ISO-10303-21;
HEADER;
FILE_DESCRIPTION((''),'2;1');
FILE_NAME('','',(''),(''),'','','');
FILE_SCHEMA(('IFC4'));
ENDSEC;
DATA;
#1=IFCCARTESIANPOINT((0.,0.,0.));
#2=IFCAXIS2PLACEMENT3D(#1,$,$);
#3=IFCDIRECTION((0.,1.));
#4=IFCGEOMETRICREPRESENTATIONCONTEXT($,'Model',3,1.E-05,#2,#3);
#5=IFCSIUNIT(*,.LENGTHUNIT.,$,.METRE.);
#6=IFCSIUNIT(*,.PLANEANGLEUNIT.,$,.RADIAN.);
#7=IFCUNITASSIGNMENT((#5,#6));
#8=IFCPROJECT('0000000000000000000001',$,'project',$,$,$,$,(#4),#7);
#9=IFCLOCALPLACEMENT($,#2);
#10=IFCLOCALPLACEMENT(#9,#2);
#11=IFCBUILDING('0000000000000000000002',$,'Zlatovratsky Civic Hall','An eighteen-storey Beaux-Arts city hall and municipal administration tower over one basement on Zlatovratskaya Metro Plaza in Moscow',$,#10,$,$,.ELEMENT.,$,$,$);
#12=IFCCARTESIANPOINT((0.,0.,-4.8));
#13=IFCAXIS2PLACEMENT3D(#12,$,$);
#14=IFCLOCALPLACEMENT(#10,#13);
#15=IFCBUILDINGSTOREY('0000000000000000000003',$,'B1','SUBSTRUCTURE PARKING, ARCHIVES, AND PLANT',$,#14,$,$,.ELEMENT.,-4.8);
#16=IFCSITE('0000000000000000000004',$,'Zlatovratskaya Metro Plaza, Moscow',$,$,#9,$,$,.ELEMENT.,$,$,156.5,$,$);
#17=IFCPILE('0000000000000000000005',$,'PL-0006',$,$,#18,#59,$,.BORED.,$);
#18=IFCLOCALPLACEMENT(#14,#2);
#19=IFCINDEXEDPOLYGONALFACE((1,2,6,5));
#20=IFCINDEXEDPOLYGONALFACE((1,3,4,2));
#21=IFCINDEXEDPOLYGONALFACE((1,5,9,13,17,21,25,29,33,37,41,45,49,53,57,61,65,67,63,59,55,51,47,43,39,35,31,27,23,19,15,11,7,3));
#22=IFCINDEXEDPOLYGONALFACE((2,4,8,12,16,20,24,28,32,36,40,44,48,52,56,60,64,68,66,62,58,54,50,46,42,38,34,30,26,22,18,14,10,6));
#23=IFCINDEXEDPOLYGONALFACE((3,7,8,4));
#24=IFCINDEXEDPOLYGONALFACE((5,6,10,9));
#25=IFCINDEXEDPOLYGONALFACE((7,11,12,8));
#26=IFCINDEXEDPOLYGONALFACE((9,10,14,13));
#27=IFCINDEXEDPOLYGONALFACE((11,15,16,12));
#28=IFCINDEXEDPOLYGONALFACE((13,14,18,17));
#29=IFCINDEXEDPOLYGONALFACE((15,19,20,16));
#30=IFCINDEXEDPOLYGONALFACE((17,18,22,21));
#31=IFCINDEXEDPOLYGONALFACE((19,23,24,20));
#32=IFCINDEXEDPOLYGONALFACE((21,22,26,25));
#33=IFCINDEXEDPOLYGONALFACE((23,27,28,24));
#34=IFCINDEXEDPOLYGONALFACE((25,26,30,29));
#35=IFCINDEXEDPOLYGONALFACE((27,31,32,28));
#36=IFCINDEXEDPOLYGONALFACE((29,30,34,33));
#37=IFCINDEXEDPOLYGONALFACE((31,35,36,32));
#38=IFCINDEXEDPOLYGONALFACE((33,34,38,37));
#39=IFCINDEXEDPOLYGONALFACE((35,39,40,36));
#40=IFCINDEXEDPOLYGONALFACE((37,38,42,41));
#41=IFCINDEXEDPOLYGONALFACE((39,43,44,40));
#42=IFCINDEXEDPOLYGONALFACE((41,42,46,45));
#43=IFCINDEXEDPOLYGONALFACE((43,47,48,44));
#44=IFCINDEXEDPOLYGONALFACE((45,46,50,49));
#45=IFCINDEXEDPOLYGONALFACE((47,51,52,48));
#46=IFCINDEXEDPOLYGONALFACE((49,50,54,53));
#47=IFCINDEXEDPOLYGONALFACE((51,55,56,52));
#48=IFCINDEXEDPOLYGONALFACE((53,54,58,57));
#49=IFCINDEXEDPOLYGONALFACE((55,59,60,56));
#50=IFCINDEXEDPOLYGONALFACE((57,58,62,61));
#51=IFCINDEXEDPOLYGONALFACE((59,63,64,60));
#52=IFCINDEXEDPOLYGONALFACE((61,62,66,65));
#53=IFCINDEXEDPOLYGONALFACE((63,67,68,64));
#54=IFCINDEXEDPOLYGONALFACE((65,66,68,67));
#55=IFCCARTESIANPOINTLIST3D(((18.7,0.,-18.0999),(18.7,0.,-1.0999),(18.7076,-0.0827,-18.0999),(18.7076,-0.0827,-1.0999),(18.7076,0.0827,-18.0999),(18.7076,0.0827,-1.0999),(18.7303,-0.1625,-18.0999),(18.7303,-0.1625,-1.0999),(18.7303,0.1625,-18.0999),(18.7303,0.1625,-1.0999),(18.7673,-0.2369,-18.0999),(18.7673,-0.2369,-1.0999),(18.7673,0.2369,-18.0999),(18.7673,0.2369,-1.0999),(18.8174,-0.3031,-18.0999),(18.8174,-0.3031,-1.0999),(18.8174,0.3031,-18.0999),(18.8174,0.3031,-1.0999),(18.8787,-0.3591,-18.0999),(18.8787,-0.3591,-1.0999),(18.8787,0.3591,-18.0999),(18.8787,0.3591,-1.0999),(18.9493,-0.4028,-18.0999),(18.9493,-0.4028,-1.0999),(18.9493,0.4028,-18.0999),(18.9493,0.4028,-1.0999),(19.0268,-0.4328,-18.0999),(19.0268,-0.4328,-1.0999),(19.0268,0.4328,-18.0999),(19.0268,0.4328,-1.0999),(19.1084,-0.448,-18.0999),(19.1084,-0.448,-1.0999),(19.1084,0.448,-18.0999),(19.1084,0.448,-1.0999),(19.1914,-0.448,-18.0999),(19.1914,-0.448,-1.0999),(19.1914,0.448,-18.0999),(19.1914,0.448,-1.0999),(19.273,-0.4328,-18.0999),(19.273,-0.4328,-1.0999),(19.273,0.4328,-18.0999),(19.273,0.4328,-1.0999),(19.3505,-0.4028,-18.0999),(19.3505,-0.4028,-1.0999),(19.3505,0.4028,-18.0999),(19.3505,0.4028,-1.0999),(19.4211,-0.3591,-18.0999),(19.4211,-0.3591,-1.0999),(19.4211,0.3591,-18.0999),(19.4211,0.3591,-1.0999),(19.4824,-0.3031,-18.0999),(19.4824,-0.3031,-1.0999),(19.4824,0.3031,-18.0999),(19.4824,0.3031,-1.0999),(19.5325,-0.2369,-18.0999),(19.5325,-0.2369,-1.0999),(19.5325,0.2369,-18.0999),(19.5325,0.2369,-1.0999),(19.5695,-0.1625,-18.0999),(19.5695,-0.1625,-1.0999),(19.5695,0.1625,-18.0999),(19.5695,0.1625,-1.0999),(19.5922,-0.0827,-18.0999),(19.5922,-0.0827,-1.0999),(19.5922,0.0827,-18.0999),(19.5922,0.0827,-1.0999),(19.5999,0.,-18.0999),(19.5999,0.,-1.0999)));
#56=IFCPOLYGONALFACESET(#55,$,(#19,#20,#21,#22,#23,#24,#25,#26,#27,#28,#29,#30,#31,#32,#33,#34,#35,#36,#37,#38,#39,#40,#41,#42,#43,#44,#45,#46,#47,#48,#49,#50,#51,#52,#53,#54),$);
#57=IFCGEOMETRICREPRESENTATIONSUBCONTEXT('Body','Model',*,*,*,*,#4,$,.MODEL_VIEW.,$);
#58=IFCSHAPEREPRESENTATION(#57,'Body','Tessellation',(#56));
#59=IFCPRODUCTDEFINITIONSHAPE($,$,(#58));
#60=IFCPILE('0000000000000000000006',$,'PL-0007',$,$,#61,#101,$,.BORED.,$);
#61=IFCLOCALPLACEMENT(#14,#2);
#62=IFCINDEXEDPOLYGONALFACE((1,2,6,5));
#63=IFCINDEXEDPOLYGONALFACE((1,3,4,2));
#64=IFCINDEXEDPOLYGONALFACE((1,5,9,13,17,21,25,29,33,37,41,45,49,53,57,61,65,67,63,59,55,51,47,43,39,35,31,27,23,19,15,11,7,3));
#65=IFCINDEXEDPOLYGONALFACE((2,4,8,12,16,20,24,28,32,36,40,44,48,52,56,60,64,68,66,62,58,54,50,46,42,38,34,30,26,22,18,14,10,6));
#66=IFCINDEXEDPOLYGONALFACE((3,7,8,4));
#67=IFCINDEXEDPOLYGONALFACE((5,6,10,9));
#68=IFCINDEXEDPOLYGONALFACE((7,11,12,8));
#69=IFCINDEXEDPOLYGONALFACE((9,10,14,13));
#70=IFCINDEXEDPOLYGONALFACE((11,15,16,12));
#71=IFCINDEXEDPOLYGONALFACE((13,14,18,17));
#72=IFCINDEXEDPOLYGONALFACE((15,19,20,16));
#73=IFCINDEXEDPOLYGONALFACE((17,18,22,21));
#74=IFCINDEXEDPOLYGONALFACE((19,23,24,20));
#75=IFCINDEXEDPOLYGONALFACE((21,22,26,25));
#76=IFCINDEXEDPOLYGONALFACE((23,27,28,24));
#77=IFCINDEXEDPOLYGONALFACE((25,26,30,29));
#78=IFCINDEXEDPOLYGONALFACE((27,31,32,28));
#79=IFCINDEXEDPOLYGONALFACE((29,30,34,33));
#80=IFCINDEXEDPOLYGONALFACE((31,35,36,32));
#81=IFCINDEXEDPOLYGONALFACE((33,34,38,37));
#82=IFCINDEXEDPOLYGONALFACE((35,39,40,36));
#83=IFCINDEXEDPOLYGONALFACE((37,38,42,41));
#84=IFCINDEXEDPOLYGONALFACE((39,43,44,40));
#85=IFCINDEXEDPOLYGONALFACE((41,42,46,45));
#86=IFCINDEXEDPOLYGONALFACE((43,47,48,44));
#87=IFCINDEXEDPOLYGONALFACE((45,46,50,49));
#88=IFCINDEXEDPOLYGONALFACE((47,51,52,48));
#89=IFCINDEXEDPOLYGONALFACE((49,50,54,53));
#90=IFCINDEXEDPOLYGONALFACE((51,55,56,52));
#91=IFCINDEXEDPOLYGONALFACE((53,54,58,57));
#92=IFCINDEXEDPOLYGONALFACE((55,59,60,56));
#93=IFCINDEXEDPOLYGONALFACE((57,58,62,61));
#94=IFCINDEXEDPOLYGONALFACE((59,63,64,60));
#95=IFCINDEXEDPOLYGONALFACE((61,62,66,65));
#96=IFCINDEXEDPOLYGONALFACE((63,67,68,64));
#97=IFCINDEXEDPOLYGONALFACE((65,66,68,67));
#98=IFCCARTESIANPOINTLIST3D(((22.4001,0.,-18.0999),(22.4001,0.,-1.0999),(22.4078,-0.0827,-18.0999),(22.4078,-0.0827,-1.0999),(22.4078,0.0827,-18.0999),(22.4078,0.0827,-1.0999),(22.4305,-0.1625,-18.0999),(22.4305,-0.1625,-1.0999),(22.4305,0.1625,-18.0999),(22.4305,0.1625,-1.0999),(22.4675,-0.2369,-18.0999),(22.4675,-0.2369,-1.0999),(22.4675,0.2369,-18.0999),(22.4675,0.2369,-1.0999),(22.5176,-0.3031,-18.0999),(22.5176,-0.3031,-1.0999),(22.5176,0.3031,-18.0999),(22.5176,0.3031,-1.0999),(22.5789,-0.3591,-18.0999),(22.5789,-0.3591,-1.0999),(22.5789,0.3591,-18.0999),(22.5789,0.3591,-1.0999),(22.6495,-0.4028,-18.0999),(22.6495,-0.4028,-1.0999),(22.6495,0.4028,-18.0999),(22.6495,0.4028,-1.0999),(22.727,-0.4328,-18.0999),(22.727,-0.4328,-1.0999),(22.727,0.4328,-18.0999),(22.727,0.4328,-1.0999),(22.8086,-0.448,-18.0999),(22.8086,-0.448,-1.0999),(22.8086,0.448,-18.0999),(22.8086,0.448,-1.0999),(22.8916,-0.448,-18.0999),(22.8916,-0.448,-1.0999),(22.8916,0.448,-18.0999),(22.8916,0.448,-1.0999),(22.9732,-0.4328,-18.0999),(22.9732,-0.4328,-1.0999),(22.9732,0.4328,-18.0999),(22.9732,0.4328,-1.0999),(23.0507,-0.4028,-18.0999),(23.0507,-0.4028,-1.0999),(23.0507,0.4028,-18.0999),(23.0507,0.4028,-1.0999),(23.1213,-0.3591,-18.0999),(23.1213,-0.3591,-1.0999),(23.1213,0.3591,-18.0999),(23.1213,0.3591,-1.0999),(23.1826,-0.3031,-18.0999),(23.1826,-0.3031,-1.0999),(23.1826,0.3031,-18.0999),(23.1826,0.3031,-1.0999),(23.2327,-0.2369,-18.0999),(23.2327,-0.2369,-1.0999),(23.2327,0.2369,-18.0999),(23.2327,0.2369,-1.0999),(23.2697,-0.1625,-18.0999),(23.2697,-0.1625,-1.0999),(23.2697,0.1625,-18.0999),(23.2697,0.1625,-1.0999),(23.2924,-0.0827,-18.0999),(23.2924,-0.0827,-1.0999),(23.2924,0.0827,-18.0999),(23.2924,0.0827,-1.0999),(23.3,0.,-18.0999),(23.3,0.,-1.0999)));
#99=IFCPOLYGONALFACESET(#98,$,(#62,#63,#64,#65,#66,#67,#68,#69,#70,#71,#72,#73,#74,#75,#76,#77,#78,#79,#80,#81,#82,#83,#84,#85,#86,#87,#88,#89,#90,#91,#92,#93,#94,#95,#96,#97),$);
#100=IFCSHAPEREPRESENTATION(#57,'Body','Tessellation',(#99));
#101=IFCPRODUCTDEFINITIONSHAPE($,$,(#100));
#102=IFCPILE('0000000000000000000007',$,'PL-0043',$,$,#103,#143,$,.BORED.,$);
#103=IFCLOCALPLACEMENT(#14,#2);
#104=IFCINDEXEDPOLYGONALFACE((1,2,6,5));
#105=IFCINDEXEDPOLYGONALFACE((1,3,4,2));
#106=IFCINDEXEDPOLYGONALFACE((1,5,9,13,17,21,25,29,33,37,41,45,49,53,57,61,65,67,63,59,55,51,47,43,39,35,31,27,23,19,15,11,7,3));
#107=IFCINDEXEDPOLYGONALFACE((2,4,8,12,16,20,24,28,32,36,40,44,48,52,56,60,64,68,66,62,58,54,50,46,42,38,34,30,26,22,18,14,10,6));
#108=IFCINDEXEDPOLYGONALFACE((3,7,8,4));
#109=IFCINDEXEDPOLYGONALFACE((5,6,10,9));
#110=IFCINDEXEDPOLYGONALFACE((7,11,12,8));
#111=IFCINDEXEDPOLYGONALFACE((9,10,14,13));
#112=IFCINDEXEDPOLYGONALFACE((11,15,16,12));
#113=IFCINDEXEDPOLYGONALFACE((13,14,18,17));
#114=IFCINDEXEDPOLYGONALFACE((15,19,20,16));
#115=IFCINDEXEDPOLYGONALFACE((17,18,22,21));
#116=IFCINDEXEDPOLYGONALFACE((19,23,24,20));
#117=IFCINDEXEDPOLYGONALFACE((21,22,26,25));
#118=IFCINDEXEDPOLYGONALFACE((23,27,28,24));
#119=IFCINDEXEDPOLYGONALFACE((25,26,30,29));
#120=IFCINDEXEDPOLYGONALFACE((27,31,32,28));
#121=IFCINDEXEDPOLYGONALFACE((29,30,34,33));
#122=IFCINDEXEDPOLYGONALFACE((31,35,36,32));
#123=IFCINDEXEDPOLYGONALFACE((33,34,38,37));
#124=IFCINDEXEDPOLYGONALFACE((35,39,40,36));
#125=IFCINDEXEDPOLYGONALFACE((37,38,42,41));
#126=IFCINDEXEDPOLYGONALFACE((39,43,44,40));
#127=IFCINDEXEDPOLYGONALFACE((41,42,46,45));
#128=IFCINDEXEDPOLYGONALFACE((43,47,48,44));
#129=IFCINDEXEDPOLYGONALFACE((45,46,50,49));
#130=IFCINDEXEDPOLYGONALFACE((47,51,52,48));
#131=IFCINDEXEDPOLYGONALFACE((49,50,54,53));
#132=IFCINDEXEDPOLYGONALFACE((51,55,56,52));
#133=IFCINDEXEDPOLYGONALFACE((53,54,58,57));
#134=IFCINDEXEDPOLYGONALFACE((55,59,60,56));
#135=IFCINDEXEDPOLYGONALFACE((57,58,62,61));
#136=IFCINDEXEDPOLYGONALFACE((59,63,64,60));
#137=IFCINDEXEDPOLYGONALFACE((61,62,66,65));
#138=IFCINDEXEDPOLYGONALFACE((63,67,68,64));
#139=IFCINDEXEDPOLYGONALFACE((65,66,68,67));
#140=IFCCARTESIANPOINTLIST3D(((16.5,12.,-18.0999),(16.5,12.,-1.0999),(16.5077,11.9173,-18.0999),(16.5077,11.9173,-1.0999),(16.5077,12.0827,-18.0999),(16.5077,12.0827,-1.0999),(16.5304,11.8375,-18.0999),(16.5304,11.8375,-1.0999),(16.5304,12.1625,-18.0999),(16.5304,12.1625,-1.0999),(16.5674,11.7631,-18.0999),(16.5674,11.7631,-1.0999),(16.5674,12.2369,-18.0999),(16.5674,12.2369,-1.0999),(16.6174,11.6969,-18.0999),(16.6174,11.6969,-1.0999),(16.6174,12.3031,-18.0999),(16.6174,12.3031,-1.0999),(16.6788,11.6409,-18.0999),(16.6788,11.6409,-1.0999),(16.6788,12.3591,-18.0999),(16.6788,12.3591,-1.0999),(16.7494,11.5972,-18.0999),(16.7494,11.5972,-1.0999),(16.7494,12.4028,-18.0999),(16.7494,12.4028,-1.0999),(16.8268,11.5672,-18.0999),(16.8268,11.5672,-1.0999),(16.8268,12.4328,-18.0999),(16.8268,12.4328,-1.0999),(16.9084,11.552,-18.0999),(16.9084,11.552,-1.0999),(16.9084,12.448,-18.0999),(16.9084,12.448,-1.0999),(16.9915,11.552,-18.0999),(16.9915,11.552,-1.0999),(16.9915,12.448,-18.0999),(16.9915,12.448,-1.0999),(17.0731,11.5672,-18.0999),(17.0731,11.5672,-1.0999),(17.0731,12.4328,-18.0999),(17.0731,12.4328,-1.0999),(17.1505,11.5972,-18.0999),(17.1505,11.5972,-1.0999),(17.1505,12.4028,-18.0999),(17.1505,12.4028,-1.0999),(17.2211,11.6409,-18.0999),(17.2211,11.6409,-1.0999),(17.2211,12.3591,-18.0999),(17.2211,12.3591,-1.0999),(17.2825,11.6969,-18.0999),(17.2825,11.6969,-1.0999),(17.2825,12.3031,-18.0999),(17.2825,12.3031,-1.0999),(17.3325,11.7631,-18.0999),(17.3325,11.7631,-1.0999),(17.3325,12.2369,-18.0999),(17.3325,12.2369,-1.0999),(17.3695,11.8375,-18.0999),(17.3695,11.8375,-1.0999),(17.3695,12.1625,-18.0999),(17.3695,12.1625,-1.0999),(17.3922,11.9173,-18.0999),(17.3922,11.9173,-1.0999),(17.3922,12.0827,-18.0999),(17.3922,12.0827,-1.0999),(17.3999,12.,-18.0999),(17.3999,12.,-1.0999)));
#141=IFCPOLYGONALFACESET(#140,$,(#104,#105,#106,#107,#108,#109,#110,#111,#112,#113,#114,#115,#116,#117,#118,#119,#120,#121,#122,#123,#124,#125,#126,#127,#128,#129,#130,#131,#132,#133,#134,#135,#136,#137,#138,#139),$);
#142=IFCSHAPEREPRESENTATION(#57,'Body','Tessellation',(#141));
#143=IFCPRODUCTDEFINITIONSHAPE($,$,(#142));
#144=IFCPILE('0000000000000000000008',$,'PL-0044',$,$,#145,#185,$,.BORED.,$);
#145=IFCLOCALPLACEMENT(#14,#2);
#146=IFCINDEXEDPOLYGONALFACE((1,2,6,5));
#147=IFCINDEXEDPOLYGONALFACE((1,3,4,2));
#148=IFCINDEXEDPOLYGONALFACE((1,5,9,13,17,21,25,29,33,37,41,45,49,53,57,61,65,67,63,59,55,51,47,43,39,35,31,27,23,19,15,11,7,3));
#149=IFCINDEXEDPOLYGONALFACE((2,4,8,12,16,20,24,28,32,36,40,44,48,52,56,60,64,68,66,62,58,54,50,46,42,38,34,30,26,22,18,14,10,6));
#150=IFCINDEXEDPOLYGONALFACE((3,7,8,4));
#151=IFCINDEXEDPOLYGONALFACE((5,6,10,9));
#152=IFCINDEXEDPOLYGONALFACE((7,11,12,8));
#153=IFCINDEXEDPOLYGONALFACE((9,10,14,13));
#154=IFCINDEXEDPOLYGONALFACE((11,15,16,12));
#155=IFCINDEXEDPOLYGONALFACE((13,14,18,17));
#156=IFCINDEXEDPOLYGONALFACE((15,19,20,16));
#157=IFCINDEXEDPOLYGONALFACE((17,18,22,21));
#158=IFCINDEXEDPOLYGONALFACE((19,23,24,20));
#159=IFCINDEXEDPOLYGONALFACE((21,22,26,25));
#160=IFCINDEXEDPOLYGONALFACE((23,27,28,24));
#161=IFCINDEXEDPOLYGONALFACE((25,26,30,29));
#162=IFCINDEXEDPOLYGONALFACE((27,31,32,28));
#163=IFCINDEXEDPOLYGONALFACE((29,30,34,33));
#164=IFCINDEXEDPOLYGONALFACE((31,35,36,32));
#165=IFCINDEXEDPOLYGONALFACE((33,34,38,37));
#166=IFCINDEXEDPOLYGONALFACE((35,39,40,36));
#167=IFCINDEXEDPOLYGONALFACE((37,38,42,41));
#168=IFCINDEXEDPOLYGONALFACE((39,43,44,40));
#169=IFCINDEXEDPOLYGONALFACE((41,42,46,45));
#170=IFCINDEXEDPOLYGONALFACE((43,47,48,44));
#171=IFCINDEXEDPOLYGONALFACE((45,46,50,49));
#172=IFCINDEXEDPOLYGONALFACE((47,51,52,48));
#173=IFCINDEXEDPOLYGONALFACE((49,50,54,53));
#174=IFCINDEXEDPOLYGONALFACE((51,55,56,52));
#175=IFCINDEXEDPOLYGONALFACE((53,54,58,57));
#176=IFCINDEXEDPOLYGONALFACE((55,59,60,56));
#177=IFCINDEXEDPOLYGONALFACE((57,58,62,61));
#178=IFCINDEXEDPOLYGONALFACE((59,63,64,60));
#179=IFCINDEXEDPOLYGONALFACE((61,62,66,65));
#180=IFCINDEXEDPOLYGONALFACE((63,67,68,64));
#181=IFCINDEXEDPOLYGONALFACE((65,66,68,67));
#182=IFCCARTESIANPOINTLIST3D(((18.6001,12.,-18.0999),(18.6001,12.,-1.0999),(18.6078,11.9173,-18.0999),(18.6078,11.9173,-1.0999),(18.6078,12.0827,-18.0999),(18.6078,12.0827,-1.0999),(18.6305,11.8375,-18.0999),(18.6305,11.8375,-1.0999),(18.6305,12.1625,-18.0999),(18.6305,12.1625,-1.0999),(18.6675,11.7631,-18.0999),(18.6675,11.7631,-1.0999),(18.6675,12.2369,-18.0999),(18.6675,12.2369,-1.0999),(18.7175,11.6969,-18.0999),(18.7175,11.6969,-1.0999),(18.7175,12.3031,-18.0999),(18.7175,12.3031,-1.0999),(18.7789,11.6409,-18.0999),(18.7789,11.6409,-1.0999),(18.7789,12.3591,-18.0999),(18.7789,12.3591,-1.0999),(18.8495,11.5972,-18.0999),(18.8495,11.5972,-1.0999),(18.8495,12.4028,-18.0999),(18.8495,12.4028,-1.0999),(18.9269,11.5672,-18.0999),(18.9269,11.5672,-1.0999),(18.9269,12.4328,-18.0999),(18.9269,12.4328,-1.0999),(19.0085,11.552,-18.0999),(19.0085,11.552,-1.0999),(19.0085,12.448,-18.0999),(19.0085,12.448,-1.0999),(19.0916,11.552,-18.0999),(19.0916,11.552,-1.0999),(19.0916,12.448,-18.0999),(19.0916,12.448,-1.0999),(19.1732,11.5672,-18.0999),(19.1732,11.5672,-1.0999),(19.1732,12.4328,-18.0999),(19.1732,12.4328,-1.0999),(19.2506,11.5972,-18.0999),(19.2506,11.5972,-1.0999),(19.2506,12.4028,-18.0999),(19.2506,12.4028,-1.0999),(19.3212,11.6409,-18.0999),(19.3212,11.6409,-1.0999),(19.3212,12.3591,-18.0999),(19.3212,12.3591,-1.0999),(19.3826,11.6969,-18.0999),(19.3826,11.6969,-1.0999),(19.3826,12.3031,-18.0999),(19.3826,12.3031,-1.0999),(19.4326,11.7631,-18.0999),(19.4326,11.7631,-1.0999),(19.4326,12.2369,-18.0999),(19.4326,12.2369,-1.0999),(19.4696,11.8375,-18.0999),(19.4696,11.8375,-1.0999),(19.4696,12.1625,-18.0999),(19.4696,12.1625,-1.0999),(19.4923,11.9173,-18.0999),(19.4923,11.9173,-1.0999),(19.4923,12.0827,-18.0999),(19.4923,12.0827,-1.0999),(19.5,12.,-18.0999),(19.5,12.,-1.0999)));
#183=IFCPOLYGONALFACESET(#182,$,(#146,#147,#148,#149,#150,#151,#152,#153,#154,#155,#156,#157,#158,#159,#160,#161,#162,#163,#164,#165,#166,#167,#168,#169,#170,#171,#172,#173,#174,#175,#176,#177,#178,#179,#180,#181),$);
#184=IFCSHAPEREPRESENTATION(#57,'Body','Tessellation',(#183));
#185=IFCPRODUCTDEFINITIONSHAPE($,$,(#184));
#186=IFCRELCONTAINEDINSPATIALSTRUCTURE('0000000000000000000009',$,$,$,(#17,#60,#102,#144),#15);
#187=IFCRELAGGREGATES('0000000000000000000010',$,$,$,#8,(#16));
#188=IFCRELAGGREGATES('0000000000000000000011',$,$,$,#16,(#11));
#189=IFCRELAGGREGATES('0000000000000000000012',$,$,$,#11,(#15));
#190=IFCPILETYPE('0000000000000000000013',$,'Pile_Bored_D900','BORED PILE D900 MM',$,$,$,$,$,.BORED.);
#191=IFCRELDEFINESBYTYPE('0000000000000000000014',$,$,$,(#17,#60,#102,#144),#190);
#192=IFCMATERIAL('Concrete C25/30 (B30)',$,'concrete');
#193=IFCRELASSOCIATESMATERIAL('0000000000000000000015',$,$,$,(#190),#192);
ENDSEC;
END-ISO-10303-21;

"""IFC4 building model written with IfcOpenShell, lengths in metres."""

from ifc_helpers import new_model, si_unit, direction, frame, origin, origin_2d, place, context, subcontext, project, spatial, circle, extrude, material, material_profile, profile_set, type_object, element, save


model = new_model("IFC4")

# Units and contexts
model_context = context("Model", 3, precision=1e-05, world=origin(), true_north=direction((0.0, 1.0)))
body_context = subcontext(model_context, "Body", "Model", "MODEL_VIEW")
ifc_project = project(units=[si_unit("LENGTHUNIT", "METRE"), si_unit("PLANEANGLEUNIT", "RADIAN")], contexts=[model_context])

# Site, building, storey
site_placement = place(None, origin())
site = spatial("IfcSite", under=ifc_project, at=site_placement, Name="Zlatovratskaya Metro Plaza, Moscow", CompositionType="ELEMENT", RefElevation=156.5)
building_placement = place(site_placement, origin())
building = spatial("IfcBuilding", under=site, at=building_placement, Name="Zlatovratsky Civic Hall", Description="An eighteen-storey Beaux-Arts city hall and municipal administration tower over one basement on Zlatovratskaya Metro Plaza in Moscow", CompositionType="ELEMENT")
storey_placement = place(building_placement, frame((0.0, 0.0, -4.8)))
storey = spatial("IfcBuildingStorey", under=building, at=storey_placement, Name="B1", Description="SUBSTRUCTURE PARKING, ARCHIVES, AND PLANT", CompositionType="ELEMENT", Elevation=-4.8)

# Shared definitions
ifc_material_1 = material(Name="Concrete C25/30 (B30)", Category="concrete")

# Piles
ifc_material_profile_1 = material_profile(ifc_material_1, circle(Radius=0.45, at=origin_2d()), Name="PILE D900")
ifc_profile_set_1 = profile_set([ifc_material_profile_1], Name="Concrete C25/30 (B30)")
pile_type_1 = type_object("IfcPileType", Name="Pile_Bored_D900", Description="BORED PILE D900 MM", PredefinedType="BORED", material=ifc_profile_set_1)
for number, where, z_axis, x_axis, name in (
    (1, (19.1499, 0.0, -1.0999), (0.0, 0.0, -1.0), (1.0, 0.0, 0.0), "PL-0006"),
    (2, (22.8501, 0.0, -1.0999), (0.0, 0.0, -1.0), (1.0, 0.0, 0.0), "PL-0007"),
    (3, (16.95, 12.0, -1.0999), (0.0, 0.0, -1.0), (1.0, 0.0, 0.0), "PL-0043"),
    (4, (19.05, 12.0, -1.0999), (0.0, 0.0, -1.0), (1.0, 0.0, 0.0), "PL-0044"),
):
    element("IfcPile", number, at=place(storey_placement, frame(where, z_axis=z_axis, x_axis=x_axis)), inside=storey, type_object=pile_type_1, Name=name, PredefinedType="BORED", context=body_context, shape_type="SweptSolid", body=[
        extrude(circle(Radius=0.45, at=origin_2d()), origin(), (0.0, 0.0, 1.0), 17.0),
    ])

save(model, "model.ifc")
